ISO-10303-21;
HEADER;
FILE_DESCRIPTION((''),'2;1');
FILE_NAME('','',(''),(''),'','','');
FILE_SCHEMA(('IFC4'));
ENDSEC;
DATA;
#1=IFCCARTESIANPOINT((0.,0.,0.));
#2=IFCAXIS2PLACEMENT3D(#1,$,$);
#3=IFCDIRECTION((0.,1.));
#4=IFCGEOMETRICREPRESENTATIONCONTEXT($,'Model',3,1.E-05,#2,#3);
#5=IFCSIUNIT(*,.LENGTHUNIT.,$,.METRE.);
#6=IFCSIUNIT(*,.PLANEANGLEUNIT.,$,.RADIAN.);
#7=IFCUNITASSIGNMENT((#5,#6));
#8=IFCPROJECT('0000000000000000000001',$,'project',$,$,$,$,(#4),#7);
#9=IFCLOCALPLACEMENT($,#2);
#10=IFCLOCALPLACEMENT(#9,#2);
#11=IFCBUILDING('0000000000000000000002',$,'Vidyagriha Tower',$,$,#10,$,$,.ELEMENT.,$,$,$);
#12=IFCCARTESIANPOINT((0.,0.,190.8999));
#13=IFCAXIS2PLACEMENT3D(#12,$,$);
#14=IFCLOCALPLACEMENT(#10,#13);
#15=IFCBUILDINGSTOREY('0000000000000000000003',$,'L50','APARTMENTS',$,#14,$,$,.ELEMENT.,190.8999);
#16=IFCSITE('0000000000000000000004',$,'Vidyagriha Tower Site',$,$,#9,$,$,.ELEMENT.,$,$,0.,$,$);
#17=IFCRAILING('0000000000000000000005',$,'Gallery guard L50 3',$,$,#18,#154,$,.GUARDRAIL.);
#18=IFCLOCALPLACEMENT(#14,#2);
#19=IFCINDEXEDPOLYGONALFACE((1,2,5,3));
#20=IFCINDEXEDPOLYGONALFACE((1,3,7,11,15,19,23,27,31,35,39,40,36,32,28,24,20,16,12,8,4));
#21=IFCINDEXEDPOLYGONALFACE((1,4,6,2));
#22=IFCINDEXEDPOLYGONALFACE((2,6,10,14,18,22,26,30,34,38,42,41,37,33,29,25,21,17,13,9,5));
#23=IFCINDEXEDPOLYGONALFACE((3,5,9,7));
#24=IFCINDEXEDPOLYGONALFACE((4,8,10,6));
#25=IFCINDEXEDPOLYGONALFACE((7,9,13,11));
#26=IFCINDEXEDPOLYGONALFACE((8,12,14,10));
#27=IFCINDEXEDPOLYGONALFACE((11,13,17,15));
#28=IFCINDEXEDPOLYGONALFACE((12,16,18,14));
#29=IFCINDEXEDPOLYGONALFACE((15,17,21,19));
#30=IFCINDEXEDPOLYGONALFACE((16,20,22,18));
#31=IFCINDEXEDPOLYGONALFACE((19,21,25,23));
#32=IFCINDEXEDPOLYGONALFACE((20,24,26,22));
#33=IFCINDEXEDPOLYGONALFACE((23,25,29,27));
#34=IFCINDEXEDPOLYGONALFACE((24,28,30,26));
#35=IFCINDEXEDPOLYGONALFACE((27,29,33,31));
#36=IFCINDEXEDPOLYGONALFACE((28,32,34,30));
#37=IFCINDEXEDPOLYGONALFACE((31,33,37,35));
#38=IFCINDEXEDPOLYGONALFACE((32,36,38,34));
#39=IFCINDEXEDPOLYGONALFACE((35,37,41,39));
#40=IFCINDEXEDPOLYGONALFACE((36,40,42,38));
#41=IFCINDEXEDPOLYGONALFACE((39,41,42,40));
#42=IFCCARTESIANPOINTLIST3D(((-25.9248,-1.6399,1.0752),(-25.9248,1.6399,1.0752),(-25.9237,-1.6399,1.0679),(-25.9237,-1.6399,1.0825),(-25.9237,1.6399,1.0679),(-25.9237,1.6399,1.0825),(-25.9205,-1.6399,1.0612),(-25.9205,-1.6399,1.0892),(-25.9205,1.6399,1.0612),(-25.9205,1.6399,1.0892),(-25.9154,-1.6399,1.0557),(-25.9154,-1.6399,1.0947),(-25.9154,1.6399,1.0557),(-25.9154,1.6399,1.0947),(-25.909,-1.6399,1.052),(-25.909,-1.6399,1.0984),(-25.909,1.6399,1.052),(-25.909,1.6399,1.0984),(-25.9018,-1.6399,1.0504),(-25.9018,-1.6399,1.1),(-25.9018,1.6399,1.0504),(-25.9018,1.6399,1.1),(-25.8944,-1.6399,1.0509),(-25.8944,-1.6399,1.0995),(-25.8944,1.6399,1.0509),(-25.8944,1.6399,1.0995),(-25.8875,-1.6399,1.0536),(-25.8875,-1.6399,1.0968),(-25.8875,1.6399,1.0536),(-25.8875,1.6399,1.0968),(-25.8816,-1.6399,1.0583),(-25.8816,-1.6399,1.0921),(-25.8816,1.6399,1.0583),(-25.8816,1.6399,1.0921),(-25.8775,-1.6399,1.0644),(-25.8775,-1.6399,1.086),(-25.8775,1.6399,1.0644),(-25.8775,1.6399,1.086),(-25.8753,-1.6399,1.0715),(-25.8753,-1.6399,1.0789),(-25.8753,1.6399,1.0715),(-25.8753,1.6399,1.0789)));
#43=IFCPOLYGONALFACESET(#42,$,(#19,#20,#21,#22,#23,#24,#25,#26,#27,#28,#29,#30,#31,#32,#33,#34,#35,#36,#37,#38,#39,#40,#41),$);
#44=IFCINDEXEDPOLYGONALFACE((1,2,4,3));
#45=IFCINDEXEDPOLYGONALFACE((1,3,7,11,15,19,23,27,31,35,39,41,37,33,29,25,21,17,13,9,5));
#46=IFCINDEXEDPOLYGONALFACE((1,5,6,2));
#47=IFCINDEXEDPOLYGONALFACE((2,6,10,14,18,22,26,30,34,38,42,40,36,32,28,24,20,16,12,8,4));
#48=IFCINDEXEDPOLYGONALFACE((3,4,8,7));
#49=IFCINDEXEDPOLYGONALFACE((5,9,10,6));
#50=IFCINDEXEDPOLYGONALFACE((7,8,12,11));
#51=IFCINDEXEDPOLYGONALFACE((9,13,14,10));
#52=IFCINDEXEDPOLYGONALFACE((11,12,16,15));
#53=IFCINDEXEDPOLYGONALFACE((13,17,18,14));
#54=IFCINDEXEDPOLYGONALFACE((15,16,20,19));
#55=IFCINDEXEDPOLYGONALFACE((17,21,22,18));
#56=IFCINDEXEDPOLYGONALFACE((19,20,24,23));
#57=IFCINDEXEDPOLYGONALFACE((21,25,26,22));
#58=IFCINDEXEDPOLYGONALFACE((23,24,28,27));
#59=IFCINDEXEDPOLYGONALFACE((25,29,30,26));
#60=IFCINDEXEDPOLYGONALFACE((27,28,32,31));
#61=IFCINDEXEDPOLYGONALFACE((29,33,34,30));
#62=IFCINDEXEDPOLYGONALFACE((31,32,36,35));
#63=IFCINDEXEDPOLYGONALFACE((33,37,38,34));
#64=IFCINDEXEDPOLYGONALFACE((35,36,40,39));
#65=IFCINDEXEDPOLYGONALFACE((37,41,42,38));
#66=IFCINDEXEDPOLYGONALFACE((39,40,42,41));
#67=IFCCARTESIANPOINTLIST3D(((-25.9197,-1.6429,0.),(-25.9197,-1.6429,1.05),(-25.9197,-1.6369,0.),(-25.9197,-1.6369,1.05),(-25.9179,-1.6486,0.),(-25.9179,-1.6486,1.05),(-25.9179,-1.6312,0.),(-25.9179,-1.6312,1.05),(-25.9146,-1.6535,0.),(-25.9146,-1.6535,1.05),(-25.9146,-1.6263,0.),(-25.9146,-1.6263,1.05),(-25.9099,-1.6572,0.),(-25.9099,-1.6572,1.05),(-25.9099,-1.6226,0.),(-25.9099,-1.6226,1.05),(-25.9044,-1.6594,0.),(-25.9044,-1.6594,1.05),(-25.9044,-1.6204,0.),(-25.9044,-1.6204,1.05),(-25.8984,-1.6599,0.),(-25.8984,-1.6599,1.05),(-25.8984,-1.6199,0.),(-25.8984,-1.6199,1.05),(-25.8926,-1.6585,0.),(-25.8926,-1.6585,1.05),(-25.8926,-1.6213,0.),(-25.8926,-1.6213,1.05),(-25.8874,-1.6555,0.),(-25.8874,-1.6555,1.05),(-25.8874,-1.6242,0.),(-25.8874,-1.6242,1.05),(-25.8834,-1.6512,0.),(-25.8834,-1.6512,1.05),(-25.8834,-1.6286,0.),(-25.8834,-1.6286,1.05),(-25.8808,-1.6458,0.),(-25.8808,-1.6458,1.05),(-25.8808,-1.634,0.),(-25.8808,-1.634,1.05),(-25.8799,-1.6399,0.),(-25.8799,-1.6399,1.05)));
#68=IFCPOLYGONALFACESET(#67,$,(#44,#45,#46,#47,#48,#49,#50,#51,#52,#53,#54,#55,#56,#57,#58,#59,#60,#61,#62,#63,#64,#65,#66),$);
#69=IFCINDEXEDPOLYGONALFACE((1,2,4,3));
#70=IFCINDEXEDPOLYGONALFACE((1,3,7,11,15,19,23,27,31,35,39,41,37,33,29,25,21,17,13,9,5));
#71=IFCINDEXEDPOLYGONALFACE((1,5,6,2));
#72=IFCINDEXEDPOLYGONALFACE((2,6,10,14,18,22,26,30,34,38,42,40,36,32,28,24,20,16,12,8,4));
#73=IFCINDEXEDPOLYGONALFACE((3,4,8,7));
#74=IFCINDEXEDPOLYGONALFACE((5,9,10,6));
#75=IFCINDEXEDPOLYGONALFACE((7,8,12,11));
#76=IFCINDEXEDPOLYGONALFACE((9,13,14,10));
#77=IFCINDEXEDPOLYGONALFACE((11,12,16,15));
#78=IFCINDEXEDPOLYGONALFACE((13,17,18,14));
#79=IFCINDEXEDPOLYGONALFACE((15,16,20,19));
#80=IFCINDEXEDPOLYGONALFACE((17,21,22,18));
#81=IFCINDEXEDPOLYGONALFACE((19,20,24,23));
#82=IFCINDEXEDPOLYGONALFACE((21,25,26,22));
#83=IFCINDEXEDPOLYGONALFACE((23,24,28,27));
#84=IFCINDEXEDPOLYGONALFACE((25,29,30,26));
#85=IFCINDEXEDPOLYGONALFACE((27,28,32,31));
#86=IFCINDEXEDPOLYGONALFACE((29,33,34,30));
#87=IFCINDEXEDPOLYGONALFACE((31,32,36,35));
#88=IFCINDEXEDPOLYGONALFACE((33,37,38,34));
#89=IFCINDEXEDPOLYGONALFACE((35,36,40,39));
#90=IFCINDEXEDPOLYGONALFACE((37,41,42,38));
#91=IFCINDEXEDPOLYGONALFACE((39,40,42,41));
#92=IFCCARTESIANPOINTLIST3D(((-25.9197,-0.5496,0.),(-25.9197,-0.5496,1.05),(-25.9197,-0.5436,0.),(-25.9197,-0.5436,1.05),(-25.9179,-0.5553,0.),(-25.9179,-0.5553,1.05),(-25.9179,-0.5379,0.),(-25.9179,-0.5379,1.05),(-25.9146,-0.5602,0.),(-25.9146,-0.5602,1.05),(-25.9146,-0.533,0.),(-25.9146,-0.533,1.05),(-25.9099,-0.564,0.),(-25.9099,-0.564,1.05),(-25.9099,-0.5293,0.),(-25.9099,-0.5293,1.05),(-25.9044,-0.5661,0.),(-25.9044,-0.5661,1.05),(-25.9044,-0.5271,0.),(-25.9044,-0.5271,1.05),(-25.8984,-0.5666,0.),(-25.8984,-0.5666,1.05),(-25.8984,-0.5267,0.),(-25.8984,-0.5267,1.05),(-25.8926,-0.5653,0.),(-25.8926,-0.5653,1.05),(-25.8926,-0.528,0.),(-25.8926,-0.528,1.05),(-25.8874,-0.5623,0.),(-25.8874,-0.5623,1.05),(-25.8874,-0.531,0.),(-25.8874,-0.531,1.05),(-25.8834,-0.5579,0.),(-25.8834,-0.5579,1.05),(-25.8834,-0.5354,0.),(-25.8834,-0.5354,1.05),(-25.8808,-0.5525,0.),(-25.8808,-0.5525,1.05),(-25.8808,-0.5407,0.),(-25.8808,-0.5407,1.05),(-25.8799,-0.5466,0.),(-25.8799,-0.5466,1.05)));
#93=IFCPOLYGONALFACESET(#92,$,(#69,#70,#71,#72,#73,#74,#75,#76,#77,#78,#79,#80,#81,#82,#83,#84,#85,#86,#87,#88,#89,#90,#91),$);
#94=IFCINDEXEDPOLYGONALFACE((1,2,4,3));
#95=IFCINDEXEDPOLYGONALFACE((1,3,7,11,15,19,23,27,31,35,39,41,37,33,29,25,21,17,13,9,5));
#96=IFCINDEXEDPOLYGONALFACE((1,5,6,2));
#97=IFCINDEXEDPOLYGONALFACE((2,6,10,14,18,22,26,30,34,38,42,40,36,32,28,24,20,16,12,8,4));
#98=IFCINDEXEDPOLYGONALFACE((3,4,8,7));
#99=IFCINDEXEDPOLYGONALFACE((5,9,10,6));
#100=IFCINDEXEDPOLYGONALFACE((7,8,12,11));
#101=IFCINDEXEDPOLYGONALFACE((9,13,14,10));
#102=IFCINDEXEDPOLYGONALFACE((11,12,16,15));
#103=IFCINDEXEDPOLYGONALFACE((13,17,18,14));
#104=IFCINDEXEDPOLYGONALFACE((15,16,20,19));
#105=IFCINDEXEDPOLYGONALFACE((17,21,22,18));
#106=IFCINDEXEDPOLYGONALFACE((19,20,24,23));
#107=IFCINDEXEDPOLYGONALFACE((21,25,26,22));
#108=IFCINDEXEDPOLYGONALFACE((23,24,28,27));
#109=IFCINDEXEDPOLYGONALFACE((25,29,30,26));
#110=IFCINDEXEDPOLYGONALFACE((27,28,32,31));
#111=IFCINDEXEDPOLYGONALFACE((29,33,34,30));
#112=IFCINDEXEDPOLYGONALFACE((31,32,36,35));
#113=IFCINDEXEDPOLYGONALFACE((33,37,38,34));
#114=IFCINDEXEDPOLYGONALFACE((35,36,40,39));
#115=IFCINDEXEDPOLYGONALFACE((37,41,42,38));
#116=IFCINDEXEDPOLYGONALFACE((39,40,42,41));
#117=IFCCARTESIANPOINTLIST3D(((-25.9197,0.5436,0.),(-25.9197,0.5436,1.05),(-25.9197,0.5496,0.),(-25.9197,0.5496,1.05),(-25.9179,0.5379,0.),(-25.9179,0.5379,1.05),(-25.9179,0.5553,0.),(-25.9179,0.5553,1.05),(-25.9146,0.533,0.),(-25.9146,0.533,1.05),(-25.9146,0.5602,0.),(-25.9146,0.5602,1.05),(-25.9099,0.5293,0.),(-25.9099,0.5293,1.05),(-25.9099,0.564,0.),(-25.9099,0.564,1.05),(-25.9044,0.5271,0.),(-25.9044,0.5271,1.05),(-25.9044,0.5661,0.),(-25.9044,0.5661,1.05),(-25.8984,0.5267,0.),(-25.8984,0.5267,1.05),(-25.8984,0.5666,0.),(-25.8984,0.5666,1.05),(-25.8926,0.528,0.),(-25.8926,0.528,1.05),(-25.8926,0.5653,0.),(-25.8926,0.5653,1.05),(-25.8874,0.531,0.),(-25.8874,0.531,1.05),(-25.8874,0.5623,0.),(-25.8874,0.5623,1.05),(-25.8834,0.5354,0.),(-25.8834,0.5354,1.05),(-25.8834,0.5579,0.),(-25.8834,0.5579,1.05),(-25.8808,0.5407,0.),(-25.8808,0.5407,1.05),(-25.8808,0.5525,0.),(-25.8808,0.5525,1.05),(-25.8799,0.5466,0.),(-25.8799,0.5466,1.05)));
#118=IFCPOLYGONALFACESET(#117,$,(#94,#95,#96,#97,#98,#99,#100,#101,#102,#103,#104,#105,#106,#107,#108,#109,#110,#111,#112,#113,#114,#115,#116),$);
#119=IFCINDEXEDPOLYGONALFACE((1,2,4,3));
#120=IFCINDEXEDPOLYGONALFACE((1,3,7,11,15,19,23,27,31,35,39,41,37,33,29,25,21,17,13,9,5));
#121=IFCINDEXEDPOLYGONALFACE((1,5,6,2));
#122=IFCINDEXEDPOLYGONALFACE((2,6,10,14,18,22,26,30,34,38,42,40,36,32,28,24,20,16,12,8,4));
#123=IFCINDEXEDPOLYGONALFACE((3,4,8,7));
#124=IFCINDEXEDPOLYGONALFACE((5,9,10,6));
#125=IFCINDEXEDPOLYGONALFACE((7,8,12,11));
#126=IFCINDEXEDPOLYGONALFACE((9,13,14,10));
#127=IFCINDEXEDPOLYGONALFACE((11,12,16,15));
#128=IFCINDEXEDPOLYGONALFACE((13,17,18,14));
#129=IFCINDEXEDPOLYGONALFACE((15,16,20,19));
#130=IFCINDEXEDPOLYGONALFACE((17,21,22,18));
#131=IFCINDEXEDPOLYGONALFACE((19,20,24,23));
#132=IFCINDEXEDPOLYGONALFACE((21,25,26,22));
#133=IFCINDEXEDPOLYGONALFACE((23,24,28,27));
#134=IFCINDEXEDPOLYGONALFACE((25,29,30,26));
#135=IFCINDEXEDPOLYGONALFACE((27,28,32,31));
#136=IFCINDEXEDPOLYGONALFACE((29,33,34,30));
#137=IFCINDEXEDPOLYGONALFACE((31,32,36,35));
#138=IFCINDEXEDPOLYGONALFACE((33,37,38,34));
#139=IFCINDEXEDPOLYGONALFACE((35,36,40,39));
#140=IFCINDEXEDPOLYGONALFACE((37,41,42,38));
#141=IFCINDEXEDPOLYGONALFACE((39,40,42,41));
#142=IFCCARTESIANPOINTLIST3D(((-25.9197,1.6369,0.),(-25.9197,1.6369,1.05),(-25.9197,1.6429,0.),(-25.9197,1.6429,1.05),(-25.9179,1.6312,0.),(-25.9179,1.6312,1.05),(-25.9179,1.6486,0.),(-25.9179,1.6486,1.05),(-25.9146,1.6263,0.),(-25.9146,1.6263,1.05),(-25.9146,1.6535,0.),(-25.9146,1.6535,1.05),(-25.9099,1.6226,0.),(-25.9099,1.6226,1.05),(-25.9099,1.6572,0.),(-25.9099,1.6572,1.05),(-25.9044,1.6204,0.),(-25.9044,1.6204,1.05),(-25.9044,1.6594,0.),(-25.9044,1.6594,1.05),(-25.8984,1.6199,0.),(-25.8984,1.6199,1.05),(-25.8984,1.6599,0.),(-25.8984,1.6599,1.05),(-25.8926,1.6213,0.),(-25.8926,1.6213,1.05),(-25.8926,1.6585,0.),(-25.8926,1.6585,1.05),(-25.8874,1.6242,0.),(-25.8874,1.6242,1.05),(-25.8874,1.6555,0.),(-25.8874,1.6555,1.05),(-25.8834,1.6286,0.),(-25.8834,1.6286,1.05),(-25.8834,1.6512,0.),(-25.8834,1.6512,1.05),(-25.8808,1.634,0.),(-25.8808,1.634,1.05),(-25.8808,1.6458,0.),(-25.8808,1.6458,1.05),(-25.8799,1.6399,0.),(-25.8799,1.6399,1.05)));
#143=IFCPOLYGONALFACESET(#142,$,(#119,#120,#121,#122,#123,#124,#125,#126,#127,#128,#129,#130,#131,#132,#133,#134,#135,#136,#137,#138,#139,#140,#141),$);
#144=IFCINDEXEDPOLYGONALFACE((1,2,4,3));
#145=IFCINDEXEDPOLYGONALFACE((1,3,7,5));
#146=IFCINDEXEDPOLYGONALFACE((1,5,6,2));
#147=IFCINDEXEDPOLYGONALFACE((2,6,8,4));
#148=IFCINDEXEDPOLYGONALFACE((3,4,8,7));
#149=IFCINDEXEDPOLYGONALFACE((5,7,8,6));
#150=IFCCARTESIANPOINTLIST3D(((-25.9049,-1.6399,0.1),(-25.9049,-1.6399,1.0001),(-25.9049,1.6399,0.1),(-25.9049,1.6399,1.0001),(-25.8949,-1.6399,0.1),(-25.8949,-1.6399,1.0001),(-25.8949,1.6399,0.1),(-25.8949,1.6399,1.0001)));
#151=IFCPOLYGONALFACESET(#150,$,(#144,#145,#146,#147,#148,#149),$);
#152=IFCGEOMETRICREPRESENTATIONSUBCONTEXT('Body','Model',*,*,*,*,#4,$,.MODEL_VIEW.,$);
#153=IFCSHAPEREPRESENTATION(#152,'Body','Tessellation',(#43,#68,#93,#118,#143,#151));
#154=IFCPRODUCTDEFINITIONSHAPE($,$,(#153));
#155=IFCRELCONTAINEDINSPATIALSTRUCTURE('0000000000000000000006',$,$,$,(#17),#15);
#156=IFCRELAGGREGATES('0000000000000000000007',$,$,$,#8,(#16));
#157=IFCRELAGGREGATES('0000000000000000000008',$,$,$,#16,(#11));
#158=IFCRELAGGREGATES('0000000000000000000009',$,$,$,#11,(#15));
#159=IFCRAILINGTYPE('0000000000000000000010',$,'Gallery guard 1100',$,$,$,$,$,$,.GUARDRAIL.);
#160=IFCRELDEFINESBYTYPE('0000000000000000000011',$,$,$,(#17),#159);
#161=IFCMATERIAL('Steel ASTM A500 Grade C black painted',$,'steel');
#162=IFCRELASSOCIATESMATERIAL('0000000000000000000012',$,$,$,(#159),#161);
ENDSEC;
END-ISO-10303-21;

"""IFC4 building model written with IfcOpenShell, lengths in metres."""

from ifc_helpers import new_model, si_unit, direction, frame, origin, origin_2d, place, context, subcontext, project, spatial, rectangle, circle, extrude, material, type_object, element, save


model = new_model("IFC4")

# Units and contexts
model_context = context("Model", 3, precision=1e-05, world=origin(), true_north=direction((0.0, 1.0)))
body_context = subcontext(model_context, "Body", "Model", "MODEL_VIEW")
ifc_project = project(units=[si_unit("LENGTHUNIT", "METRE"), si_unit("PLANEANGLEUNIT", "RADIAN")], contexts=[model_context])

# Site, building, storey
site_placement = place(None, origin())
site = spatial("IfcSite", under=ifc_project, at=site_placement, Name="Vidyagriha Tower Site", CompositionType="ELEMENT", RefElevation=0.0)
building_placement = place(site_placement, origin())
building = spatial("IfcBuilding", under=site, at=building_placement, Name="Vidyagriha Tower", CompositionType="ELEMENT")
storey_placement = place(building_placement, frame((0.0, 0.0, 190.8999)))
storey = spatial("IfcBuildingStorey", under=building, at=storey_placement, Name="L50", Description="APARTMENTS", CompositionType="ELEMENT", Elevation=190.8999)

# Railing
ifc_material_1 = material(Name="Steel ASTM A500 Grade C black painted", Category="steel")
railing_type_1 = type_object("IfcRailingType", Name="Gallery guard 1100", PredefinedType="GUARDRAIL", material=ifc_material_1)
railing_1_placement = place(storey_placement, frame((-25.8999, -1.6399, 0.0)))
element("IfcRailing", 1, at=railing_1_placement, inside=storey, type_object=railing_type_1, Name="Gallery guard L50 3", PredefinedType="GUARDRAIL", context=body_context, shape_type="SweptSolid", body=[
    extrude(circle(Radius=0.0249, at=origin_2d()), frame((0.0, 0.0, 1.0752), z_axis=(0.0, 1.0, 0.0), x_axis=(-1.0, 0.0, 0.0)), (0.0, 0.0, 1.0), 3.2798),
    extrude(circle(Radius=0.02, at=origin_2d()), origin(), (0.0, 0.0, 1.0), 1.05),
    extrude(circle(Radius=0.02, at=origin_2d()), frame((0.0, 1.0933, 0.0)), (0.0, 0.0, 1.0), 1.05),
    extrude(circle(Radius=0.02, at=origin_2d()), frame((0.0, 2.1865, 0.0)), (0.0, 0.0, 1.0), 1.05),
    extrude(circle(Radius=0.02, at=origin_2d()), frame((0.0, 3.2798, 0.0)), (0.0, 0.0, 1.0), 1.05),
    extrude(rectangle(XDim=0.01, YDim=0.9001, at=origin_2d()), frame((0.0, 0.0, 0.55), z_axis=(0.0, 1.0, 0.0), x_axis=(-1.0, 0.0, 0.0)), (0.0, 0.0, 1.0), 3.2798),
])

save(model, "model.ifc")
